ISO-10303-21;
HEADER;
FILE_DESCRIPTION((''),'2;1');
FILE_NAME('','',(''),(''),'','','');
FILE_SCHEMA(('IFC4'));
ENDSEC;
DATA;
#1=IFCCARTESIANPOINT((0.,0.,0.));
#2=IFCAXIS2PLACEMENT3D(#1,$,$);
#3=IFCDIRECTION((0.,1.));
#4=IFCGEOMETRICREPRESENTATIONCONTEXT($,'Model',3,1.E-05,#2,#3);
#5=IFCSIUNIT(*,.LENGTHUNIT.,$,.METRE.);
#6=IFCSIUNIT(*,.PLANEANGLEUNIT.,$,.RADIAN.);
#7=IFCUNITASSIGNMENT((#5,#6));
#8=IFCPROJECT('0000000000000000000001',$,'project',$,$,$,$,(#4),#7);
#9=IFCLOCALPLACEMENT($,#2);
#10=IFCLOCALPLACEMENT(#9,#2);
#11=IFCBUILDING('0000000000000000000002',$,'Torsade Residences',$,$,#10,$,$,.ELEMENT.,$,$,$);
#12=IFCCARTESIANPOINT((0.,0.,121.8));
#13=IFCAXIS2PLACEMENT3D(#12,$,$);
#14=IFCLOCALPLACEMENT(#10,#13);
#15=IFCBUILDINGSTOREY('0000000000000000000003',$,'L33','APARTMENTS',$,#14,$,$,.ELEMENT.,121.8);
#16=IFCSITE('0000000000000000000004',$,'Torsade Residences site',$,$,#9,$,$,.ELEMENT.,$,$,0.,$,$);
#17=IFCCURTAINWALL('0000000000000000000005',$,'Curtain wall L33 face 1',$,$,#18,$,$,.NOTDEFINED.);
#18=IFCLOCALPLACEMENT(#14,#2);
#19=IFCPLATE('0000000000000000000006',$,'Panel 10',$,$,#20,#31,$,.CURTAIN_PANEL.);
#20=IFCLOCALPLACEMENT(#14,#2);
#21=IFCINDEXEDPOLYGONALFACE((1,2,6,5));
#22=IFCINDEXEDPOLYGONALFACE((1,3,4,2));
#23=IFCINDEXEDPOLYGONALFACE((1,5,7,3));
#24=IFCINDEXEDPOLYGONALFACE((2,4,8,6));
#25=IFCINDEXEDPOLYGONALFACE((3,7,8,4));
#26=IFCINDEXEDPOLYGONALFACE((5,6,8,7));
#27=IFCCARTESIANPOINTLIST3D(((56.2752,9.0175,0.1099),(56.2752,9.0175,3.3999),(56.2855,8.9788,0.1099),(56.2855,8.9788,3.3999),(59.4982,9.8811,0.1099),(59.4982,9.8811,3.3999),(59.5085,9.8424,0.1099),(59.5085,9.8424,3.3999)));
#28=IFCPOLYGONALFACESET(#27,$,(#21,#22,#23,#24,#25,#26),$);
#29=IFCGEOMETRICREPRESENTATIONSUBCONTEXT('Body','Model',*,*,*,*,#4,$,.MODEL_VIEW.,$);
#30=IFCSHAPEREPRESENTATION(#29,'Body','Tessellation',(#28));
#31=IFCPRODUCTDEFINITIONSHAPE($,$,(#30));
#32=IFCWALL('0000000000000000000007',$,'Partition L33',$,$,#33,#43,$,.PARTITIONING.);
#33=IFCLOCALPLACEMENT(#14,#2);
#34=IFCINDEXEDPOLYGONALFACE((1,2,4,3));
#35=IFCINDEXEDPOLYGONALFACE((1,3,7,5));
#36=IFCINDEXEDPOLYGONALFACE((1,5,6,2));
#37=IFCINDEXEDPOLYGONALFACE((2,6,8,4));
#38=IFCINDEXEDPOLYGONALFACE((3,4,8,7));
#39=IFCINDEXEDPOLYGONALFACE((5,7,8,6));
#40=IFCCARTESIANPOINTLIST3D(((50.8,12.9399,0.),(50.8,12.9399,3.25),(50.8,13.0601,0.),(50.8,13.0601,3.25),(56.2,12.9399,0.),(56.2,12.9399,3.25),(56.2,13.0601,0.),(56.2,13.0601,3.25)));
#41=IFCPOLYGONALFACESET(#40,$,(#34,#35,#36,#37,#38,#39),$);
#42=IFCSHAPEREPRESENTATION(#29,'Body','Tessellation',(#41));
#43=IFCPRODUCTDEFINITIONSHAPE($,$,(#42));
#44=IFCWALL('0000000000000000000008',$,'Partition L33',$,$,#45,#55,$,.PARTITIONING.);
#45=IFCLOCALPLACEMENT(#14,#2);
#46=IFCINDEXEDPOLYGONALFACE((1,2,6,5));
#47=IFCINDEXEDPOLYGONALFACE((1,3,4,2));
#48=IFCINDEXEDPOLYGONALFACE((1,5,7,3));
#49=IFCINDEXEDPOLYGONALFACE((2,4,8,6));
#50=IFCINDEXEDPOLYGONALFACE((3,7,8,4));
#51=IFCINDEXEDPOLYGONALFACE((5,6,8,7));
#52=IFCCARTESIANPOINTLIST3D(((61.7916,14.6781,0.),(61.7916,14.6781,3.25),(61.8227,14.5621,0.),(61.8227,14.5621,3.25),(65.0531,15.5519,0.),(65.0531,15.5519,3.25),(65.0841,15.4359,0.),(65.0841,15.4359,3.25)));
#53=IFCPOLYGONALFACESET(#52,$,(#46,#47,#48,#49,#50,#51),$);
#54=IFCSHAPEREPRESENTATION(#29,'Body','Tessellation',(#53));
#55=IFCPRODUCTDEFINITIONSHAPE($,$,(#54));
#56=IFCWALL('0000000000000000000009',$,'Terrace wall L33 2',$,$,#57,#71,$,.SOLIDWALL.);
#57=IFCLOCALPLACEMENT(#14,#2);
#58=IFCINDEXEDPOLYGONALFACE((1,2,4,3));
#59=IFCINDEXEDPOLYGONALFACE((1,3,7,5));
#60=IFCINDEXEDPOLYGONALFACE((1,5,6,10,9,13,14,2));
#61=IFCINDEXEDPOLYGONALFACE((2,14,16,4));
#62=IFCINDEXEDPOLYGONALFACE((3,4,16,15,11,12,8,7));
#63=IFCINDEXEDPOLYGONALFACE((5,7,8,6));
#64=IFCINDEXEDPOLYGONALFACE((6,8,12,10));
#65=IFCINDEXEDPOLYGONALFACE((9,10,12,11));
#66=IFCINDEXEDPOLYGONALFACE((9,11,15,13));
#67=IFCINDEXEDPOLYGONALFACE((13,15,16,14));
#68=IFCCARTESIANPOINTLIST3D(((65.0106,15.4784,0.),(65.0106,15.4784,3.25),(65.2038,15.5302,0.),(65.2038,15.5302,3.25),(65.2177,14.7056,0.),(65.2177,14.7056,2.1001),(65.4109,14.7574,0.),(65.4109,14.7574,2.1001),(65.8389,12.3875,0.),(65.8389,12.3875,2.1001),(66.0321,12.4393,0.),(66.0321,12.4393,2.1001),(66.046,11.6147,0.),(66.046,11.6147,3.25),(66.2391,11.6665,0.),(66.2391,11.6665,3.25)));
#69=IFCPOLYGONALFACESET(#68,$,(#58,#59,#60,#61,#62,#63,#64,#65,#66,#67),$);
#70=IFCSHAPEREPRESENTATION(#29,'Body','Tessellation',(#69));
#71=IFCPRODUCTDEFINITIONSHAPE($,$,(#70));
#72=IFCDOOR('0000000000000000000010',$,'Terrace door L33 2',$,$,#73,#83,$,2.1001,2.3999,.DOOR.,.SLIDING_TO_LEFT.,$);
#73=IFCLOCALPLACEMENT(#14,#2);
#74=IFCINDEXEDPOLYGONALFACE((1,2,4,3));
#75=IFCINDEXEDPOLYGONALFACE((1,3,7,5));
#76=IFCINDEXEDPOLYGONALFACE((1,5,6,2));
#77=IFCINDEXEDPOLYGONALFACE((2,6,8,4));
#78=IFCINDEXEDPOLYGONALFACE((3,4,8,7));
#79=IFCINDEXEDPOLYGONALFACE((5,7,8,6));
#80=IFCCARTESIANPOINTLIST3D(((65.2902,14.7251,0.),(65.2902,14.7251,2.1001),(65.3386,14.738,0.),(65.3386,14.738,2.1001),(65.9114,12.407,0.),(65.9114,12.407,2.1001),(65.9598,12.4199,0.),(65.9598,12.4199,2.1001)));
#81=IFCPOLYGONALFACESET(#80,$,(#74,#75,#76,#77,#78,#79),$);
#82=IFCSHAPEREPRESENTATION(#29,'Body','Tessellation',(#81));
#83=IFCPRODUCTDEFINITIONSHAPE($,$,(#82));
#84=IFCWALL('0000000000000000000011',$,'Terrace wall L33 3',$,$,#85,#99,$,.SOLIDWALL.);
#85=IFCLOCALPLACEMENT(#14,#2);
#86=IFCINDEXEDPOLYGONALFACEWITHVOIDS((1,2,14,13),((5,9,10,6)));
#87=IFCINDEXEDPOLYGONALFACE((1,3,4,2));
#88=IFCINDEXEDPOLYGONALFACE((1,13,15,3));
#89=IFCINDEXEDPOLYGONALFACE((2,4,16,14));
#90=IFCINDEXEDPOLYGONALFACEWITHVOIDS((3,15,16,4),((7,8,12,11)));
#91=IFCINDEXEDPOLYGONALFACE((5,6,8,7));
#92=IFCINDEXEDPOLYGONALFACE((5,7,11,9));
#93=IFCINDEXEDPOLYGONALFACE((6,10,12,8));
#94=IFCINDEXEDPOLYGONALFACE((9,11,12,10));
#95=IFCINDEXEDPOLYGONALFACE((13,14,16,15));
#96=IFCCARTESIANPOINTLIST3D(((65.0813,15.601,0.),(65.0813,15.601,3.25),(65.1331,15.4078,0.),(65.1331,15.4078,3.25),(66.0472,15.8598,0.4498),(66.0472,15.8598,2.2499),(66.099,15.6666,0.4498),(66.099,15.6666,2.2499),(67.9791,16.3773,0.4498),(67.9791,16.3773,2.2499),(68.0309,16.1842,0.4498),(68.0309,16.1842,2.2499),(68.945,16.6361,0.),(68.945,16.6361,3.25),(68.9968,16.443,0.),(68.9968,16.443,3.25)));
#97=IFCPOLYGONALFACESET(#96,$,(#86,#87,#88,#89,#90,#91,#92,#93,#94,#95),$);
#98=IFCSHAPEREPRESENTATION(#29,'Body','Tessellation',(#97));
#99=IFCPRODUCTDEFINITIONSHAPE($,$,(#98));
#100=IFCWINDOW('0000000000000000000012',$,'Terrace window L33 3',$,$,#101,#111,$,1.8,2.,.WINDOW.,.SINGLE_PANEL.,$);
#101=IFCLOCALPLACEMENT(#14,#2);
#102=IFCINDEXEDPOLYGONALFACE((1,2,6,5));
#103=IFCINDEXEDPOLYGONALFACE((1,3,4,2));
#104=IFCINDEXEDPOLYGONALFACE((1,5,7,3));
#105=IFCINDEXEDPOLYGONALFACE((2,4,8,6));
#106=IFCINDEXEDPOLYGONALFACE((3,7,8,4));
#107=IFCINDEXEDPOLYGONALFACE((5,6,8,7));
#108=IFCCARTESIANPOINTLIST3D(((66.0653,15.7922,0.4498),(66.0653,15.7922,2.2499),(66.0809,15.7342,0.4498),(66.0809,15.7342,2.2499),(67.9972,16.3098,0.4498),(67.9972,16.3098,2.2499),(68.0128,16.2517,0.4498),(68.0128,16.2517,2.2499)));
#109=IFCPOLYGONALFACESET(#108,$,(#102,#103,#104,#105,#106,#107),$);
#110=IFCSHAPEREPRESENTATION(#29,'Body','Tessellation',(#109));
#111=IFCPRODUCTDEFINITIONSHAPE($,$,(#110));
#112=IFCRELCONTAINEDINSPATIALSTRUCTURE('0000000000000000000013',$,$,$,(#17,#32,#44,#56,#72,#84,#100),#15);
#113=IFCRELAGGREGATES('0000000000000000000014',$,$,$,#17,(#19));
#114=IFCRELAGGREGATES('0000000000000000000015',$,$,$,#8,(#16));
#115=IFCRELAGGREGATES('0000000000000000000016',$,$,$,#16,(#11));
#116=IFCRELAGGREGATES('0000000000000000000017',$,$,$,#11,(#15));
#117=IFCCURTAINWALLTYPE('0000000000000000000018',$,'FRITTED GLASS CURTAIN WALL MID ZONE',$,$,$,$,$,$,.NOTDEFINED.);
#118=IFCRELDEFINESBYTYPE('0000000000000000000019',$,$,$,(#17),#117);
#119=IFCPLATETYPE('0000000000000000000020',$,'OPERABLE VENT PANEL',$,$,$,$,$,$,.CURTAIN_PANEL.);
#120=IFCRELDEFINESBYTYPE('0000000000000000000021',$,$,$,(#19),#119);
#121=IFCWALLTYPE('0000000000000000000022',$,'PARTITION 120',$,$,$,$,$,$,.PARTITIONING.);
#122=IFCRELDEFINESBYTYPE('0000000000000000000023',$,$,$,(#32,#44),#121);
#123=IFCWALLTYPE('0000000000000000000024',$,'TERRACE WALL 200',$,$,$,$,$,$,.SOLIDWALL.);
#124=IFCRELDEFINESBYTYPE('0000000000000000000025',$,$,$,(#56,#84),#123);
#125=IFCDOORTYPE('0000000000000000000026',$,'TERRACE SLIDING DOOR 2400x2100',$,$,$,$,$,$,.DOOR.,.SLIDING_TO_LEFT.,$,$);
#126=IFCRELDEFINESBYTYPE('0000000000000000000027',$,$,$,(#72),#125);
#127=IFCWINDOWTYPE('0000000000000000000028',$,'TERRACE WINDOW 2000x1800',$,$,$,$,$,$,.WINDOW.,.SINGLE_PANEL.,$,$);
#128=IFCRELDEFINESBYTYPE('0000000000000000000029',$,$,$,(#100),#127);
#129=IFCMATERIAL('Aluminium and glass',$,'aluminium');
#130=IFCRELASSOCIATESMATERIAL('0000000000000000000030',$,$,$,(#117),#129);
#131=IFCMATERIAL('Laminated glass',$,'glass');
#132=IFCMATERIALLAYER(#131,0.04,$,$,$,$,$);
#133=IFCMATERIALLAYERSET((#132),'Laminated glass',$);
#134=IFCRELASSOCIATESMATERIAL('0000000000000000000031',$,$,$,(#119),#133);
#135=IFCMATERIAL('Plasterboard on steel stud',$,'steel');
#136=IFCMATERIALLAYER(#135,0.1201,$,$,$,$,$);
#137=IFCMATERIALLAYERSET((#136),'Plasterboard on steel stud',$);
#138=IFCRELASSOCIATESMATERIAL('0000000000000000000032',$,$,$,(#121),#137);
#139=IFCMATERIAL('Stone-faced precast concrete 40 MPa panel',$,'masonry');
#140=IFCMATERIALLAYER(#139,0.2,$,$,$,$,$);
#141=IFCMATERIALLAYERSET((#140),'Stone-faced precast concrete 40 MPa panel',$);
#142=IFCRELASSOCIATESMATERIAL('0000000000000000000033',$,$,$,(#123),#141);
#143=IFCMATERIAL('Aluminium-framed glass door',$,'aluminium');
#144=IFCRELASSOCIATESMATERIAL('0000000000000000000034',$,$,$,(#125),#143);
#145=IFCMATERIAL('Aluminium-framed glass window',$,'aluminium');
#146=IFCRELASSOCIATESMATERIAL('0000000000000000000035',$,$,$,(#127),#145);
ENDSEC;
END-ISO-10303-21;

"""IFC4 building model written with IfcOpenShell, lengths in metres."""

from ifc_helpers import new_model, si_unit, direction, frame, frame_2d, origin, origin_2d, place, context, subcontext, project, spatial, rectangle, extrude, material, layer, layer_set, type_object, element, fill, aggregate, save


model = new_model("IFC4")

# Units and contexts
model_context = context("Model", 3, precision=1e-05, world=origin(), true_north=direction((0.0, 1.0)))
body_context = subcontext(model_context, "Body", "Model", "MODEL_VIEW")
ifc_project = project(units=[si_unit("LENGTHUNIT", "METRE"), si_unit("PLANEANGLEUNIT", "RADIAN")], contexts=[model_context])

# Site, building, storey
site_placement = place(None, origin())
site = spatial("IfcSite", under=ifc_project, at=site_placement, Name="Torsade Residences site", CompositionType="ELEMENT", RefElevation=0.0)
building_placement = place(site_placement, origin())
building = spatial("IfcBuilding", under=site, at=building_placement, Name="Torsade Residences", CompositionType="ELEMENT")
storey_placement = place(building_placement, frame((0.0, 0.0, 121.8)))
storey = spatial("IfcBuildingStorey", under=building, at=storey_placement, Name="L33", Description="APARTMENTS", CompositionType="ELEMENT", Elevation=121.8)

# Curtain wall
ifc_material_1 = material(Name="Aluminium and glass", Category="aluminium")
curtain_wall_type = type_object("IfcCurtainWallType", Name="FRITTED GLASS CURTAIN WALL MID ZONE", PredefinedType="NOTDEFINED", material=ifc_material_1)
curtain_wall_placement = place(storey_placement, origin())
curtain_wall = element("IfcCurtainWall", 1, at=curtain_wall_placement, inside=storey, type_object=curtain_wall_type, Name="Curtain wall L33 face 1", PredefinedType="NOTDEFINED")

# Plate
ifc_material_2 = material(Name="Laminated glass", Category="glass")
ifc_layer_1 = layer(ifc_material_2, 0.04)
ifc_layer_set_1 = layer_set([ifc_layer_1], Name="Laminated glass")
plate_type_1 = type_object("IfcPlateType", Name="OPERABLE VENT PANEL", PredefinedType="CURTAIN_PANEL", material=ifc_layer_set_1)
plate_1_placement = place(storey_placement, frame((57.8918, 9.4299, 0.1099), z_axis=(0.0, 0.0, 1.0), x_axis=(0.965926, 0.258819, 0.0)))
plate_1 = element("IfcPlate", 2, at=plate_1_placement, type_object=plate_type_1, Name="Panel 10", PredefinedType="CURTAIN_PANEL", context=body_context, shape_type="SweptSolid", body=[
    extrude(rectangle(XDim=3.3367, YDim=0.04, at=origin_2d()), origin(), (0.0, 0.0, 1.0), 3.29),
])
aggregate(curtain_wall, [plate_1])

# Walls
ifc_material_3 = material(Name="Plasterboard on steel stud", Category="steel")
ifc_layer_2 = layer(ifc_material_3, 0.1201)
ifc_layer_set_2 = layer_set([ifc_layer_2], Name="Plasterboard on steel stud")
wall_type_1 = type_object("IfcWallType", Name="PARTITION 120", PredefinedType="PARTITIONING", material=ifc_layer_set_2)
wall_1_placement = place(storey_placement, frame((56.2, 13.0, 0.0), z_axis=(0.0, 0.0, 1.0), x_axis=(-1.0, 0.0, 0.0)))
element("IfcWall", 3, at=wall_1_placement, inside=storey, type_object=wall_type_1, Name="Partition L33", PredefinedType="PARTITIONING", context=body_context, shape_type="SweptSolid", body=[
    extrude(rectangle(XDim=5.3999, YDim=0.1201, at=frame_2d((2.7, 0.0))), origin(), (0.0, 0.0, 1.0), 3.25),
])
wall_2_placement = place(storey_placement, frame((65.0686, 15.4939, 0.0), z_axis=(0.0, 0.0, 1.0), x_axis=(-0.965935, -0.258783, 0.0)))
element("IfcWall", 4, at=wall_2_placement, inside=storey, type_object=wall_type_1, Name="Partition L33", PredefinedType="PARTITIONING", context=body_context, shape_type="SweptSolid", body=[
    extrude(rectangle(XDim=3.3765, YDim=0.1201, at=frame_2d((1.6882, 0.0))), origin(), (0.0, 0.0, 1.0), 3.25),
])

# Wall, opening, door
ifc_material_4 = material(Name="Stone-faced precast concrete 40 MPa panel", Category="masonry")
ifc_layer_3 = layer(ifc_material_4, 0.2)
ifc_layer_set_3 = layer_set([ifc_layer_3], Name="Stone-faced precast concrete 40 MPa panel")
wall_type_2 = type_object("IfcWallType", Name="TERRACE WALL 200", PredefinedType="SOLIDWALL", material=ifc_layer_set_3)
wall_3_placement = place(storey_placement, frame((66.1426, 11.6406, 0.0), z_axis=(0.0, 0.0, 1.0), x_axis=(-0.258844, 0.965919, 0.0)))
wall_3 = element("IfcWall", 5, at=wall_3_placement, inside=storey, type_object=wall_type_2, Name="Terrace wall L33 2", PredefinedType="SOLIDWALL", context=body_context, shape_type="SweptSolid", body=[
    extrude(rectangle(XDim=4.0, YDim=0.2, at=frame_2d((2.0, 0.0))), origin(), (0.0, 0.0, 1.0), 3.25),
])
opening_1_placement = place(wall_3_placement, frame((0.8, 0.0, 0.0)))
opening_1 = element("IfcOpeningElement", 6, at=opening_1_placement, cuts=wall_3, PredefinedType="OPENING", context=body_context, shape_type="SweptSolid", body=[
    extrude(rectangle(XDim=2.3999, YDim=2.1001, at=frame_2d((1.2, 1.05))), frame((0.0, 0.1099, 0.0), z_axis=(0.0, -1.0, 0.0), x_axis=(1.0, 0.0, 0.0)), (0.0, 0.0, 1.0), 0.22),
])
ifc_material_5 = material(Name="Aluminium-framed glass door", Category="aluminium")
door_type = type_object("IfcDoorType", Name="TERRACE SLIDING DOOR 2400x2100", OperationType="SLIDING_TO_LEFT", PredefinedType="DOOR", material=ifc_material_5)
door_placement = place(opening_1_placement, origin())
door = element("IfcDoor", 7, at=door_placement, inside=storey, type_object=door_type, Name="Terrace door L33 2", OperationType="SLIDING_TO_LEFT", OverallHeight=2.1001, OverallWidth=2.3999, PredefinedType="DOOR", context=body_context, shape_type="SweptSolid", body=[
    extrude(rectangle(XDim=2.3999, YDim=2.1001, at=frame_2d((1.2, 1.05))), frame((0.0, 0.0249, 0.0), z_axis=(0.0, -1.0, 0.0), x_axis=(1.0, 0.0, 0.0)), (0.0, 0.0, 1.0), 0.05),
])
fill(opening_1, door)

# Wall, opening, window
wall_4_placement = place(storey_placement, frame((65.1072, 15.5044, 0.0), z_axis=(0.0, 0.0, 1.0), x_axis=(0.965934, 0.258787, 0.0)))
wall_4 = element("IfcWall", 8, at=wall_4_placement, inside=storey, type_object=wall_type_2, Name="Terrace wall L33 3", PredefinedType="SOLIDWALL", context=body_context, shape_type="SweptSolid", body=[
    extrude(rectangle(XDim=4.0, YDim=0.2, at=frame_2d((2.0, 0.0))), origin(), (0.0, 0.0, 1.0), 3.25),
])
opening_2_placement = place(wall_4_placement, frame((1.0, 0.0, 0.45)))
opening_2 = element("IfcOpeningElement", 9, at=opening_2_placement, cuts=wall_4, PredefinedType="OPENING", context=body_context, shape_type="SweptSolid", body=[
    extrude(rectangle(XDim=2.0, YDim=1.8, at=frame_2d((1.0, 0.8999))), frame((0.0, 0.1099, 0.0), z_axis=(0.0, -1.0, 0.0), x_axis=(1.0, 0.0, 0.0)), (0.0, 0.0, 1.0), 0.22),
])
ifc_material_6 = material(Name="Aluminium-framed glass window", Category="aluminium")
window_type = type_object("IfcWindowType", Name="TERRACE WINDOW 2000x1800", PartitioningType="SINGLE_PANEL", PredefinedType="WINDOW", material=ifc_material_6)
window_placement = place(opening_2_placement, origin())
window = element("IfcWindow", 10, at=window_placement, inside=storey, type_object=window_type, Name="Terrace window L33 3", OverallHeight=1.8, OverallWidth=2.0, PartitioningType="SINGLE_PANEL", PredefinedType="WINDOW", context=body_context, shape_type="SweptSolid", body=[
    extrude(rectangle(XDim=2.0, YDim=1.8, at=frame_2d((1.0, 0.8999))), frame((0.0, 0.03, 0.0), z_axis=(0.0, -1.0, 0.0), x_axis=(1.0, 0.0, 0.0)), (0.0, 0.0, 1.0), 0.0601),
])
fill(opening_2, window)

save(model, "model.ifc")
